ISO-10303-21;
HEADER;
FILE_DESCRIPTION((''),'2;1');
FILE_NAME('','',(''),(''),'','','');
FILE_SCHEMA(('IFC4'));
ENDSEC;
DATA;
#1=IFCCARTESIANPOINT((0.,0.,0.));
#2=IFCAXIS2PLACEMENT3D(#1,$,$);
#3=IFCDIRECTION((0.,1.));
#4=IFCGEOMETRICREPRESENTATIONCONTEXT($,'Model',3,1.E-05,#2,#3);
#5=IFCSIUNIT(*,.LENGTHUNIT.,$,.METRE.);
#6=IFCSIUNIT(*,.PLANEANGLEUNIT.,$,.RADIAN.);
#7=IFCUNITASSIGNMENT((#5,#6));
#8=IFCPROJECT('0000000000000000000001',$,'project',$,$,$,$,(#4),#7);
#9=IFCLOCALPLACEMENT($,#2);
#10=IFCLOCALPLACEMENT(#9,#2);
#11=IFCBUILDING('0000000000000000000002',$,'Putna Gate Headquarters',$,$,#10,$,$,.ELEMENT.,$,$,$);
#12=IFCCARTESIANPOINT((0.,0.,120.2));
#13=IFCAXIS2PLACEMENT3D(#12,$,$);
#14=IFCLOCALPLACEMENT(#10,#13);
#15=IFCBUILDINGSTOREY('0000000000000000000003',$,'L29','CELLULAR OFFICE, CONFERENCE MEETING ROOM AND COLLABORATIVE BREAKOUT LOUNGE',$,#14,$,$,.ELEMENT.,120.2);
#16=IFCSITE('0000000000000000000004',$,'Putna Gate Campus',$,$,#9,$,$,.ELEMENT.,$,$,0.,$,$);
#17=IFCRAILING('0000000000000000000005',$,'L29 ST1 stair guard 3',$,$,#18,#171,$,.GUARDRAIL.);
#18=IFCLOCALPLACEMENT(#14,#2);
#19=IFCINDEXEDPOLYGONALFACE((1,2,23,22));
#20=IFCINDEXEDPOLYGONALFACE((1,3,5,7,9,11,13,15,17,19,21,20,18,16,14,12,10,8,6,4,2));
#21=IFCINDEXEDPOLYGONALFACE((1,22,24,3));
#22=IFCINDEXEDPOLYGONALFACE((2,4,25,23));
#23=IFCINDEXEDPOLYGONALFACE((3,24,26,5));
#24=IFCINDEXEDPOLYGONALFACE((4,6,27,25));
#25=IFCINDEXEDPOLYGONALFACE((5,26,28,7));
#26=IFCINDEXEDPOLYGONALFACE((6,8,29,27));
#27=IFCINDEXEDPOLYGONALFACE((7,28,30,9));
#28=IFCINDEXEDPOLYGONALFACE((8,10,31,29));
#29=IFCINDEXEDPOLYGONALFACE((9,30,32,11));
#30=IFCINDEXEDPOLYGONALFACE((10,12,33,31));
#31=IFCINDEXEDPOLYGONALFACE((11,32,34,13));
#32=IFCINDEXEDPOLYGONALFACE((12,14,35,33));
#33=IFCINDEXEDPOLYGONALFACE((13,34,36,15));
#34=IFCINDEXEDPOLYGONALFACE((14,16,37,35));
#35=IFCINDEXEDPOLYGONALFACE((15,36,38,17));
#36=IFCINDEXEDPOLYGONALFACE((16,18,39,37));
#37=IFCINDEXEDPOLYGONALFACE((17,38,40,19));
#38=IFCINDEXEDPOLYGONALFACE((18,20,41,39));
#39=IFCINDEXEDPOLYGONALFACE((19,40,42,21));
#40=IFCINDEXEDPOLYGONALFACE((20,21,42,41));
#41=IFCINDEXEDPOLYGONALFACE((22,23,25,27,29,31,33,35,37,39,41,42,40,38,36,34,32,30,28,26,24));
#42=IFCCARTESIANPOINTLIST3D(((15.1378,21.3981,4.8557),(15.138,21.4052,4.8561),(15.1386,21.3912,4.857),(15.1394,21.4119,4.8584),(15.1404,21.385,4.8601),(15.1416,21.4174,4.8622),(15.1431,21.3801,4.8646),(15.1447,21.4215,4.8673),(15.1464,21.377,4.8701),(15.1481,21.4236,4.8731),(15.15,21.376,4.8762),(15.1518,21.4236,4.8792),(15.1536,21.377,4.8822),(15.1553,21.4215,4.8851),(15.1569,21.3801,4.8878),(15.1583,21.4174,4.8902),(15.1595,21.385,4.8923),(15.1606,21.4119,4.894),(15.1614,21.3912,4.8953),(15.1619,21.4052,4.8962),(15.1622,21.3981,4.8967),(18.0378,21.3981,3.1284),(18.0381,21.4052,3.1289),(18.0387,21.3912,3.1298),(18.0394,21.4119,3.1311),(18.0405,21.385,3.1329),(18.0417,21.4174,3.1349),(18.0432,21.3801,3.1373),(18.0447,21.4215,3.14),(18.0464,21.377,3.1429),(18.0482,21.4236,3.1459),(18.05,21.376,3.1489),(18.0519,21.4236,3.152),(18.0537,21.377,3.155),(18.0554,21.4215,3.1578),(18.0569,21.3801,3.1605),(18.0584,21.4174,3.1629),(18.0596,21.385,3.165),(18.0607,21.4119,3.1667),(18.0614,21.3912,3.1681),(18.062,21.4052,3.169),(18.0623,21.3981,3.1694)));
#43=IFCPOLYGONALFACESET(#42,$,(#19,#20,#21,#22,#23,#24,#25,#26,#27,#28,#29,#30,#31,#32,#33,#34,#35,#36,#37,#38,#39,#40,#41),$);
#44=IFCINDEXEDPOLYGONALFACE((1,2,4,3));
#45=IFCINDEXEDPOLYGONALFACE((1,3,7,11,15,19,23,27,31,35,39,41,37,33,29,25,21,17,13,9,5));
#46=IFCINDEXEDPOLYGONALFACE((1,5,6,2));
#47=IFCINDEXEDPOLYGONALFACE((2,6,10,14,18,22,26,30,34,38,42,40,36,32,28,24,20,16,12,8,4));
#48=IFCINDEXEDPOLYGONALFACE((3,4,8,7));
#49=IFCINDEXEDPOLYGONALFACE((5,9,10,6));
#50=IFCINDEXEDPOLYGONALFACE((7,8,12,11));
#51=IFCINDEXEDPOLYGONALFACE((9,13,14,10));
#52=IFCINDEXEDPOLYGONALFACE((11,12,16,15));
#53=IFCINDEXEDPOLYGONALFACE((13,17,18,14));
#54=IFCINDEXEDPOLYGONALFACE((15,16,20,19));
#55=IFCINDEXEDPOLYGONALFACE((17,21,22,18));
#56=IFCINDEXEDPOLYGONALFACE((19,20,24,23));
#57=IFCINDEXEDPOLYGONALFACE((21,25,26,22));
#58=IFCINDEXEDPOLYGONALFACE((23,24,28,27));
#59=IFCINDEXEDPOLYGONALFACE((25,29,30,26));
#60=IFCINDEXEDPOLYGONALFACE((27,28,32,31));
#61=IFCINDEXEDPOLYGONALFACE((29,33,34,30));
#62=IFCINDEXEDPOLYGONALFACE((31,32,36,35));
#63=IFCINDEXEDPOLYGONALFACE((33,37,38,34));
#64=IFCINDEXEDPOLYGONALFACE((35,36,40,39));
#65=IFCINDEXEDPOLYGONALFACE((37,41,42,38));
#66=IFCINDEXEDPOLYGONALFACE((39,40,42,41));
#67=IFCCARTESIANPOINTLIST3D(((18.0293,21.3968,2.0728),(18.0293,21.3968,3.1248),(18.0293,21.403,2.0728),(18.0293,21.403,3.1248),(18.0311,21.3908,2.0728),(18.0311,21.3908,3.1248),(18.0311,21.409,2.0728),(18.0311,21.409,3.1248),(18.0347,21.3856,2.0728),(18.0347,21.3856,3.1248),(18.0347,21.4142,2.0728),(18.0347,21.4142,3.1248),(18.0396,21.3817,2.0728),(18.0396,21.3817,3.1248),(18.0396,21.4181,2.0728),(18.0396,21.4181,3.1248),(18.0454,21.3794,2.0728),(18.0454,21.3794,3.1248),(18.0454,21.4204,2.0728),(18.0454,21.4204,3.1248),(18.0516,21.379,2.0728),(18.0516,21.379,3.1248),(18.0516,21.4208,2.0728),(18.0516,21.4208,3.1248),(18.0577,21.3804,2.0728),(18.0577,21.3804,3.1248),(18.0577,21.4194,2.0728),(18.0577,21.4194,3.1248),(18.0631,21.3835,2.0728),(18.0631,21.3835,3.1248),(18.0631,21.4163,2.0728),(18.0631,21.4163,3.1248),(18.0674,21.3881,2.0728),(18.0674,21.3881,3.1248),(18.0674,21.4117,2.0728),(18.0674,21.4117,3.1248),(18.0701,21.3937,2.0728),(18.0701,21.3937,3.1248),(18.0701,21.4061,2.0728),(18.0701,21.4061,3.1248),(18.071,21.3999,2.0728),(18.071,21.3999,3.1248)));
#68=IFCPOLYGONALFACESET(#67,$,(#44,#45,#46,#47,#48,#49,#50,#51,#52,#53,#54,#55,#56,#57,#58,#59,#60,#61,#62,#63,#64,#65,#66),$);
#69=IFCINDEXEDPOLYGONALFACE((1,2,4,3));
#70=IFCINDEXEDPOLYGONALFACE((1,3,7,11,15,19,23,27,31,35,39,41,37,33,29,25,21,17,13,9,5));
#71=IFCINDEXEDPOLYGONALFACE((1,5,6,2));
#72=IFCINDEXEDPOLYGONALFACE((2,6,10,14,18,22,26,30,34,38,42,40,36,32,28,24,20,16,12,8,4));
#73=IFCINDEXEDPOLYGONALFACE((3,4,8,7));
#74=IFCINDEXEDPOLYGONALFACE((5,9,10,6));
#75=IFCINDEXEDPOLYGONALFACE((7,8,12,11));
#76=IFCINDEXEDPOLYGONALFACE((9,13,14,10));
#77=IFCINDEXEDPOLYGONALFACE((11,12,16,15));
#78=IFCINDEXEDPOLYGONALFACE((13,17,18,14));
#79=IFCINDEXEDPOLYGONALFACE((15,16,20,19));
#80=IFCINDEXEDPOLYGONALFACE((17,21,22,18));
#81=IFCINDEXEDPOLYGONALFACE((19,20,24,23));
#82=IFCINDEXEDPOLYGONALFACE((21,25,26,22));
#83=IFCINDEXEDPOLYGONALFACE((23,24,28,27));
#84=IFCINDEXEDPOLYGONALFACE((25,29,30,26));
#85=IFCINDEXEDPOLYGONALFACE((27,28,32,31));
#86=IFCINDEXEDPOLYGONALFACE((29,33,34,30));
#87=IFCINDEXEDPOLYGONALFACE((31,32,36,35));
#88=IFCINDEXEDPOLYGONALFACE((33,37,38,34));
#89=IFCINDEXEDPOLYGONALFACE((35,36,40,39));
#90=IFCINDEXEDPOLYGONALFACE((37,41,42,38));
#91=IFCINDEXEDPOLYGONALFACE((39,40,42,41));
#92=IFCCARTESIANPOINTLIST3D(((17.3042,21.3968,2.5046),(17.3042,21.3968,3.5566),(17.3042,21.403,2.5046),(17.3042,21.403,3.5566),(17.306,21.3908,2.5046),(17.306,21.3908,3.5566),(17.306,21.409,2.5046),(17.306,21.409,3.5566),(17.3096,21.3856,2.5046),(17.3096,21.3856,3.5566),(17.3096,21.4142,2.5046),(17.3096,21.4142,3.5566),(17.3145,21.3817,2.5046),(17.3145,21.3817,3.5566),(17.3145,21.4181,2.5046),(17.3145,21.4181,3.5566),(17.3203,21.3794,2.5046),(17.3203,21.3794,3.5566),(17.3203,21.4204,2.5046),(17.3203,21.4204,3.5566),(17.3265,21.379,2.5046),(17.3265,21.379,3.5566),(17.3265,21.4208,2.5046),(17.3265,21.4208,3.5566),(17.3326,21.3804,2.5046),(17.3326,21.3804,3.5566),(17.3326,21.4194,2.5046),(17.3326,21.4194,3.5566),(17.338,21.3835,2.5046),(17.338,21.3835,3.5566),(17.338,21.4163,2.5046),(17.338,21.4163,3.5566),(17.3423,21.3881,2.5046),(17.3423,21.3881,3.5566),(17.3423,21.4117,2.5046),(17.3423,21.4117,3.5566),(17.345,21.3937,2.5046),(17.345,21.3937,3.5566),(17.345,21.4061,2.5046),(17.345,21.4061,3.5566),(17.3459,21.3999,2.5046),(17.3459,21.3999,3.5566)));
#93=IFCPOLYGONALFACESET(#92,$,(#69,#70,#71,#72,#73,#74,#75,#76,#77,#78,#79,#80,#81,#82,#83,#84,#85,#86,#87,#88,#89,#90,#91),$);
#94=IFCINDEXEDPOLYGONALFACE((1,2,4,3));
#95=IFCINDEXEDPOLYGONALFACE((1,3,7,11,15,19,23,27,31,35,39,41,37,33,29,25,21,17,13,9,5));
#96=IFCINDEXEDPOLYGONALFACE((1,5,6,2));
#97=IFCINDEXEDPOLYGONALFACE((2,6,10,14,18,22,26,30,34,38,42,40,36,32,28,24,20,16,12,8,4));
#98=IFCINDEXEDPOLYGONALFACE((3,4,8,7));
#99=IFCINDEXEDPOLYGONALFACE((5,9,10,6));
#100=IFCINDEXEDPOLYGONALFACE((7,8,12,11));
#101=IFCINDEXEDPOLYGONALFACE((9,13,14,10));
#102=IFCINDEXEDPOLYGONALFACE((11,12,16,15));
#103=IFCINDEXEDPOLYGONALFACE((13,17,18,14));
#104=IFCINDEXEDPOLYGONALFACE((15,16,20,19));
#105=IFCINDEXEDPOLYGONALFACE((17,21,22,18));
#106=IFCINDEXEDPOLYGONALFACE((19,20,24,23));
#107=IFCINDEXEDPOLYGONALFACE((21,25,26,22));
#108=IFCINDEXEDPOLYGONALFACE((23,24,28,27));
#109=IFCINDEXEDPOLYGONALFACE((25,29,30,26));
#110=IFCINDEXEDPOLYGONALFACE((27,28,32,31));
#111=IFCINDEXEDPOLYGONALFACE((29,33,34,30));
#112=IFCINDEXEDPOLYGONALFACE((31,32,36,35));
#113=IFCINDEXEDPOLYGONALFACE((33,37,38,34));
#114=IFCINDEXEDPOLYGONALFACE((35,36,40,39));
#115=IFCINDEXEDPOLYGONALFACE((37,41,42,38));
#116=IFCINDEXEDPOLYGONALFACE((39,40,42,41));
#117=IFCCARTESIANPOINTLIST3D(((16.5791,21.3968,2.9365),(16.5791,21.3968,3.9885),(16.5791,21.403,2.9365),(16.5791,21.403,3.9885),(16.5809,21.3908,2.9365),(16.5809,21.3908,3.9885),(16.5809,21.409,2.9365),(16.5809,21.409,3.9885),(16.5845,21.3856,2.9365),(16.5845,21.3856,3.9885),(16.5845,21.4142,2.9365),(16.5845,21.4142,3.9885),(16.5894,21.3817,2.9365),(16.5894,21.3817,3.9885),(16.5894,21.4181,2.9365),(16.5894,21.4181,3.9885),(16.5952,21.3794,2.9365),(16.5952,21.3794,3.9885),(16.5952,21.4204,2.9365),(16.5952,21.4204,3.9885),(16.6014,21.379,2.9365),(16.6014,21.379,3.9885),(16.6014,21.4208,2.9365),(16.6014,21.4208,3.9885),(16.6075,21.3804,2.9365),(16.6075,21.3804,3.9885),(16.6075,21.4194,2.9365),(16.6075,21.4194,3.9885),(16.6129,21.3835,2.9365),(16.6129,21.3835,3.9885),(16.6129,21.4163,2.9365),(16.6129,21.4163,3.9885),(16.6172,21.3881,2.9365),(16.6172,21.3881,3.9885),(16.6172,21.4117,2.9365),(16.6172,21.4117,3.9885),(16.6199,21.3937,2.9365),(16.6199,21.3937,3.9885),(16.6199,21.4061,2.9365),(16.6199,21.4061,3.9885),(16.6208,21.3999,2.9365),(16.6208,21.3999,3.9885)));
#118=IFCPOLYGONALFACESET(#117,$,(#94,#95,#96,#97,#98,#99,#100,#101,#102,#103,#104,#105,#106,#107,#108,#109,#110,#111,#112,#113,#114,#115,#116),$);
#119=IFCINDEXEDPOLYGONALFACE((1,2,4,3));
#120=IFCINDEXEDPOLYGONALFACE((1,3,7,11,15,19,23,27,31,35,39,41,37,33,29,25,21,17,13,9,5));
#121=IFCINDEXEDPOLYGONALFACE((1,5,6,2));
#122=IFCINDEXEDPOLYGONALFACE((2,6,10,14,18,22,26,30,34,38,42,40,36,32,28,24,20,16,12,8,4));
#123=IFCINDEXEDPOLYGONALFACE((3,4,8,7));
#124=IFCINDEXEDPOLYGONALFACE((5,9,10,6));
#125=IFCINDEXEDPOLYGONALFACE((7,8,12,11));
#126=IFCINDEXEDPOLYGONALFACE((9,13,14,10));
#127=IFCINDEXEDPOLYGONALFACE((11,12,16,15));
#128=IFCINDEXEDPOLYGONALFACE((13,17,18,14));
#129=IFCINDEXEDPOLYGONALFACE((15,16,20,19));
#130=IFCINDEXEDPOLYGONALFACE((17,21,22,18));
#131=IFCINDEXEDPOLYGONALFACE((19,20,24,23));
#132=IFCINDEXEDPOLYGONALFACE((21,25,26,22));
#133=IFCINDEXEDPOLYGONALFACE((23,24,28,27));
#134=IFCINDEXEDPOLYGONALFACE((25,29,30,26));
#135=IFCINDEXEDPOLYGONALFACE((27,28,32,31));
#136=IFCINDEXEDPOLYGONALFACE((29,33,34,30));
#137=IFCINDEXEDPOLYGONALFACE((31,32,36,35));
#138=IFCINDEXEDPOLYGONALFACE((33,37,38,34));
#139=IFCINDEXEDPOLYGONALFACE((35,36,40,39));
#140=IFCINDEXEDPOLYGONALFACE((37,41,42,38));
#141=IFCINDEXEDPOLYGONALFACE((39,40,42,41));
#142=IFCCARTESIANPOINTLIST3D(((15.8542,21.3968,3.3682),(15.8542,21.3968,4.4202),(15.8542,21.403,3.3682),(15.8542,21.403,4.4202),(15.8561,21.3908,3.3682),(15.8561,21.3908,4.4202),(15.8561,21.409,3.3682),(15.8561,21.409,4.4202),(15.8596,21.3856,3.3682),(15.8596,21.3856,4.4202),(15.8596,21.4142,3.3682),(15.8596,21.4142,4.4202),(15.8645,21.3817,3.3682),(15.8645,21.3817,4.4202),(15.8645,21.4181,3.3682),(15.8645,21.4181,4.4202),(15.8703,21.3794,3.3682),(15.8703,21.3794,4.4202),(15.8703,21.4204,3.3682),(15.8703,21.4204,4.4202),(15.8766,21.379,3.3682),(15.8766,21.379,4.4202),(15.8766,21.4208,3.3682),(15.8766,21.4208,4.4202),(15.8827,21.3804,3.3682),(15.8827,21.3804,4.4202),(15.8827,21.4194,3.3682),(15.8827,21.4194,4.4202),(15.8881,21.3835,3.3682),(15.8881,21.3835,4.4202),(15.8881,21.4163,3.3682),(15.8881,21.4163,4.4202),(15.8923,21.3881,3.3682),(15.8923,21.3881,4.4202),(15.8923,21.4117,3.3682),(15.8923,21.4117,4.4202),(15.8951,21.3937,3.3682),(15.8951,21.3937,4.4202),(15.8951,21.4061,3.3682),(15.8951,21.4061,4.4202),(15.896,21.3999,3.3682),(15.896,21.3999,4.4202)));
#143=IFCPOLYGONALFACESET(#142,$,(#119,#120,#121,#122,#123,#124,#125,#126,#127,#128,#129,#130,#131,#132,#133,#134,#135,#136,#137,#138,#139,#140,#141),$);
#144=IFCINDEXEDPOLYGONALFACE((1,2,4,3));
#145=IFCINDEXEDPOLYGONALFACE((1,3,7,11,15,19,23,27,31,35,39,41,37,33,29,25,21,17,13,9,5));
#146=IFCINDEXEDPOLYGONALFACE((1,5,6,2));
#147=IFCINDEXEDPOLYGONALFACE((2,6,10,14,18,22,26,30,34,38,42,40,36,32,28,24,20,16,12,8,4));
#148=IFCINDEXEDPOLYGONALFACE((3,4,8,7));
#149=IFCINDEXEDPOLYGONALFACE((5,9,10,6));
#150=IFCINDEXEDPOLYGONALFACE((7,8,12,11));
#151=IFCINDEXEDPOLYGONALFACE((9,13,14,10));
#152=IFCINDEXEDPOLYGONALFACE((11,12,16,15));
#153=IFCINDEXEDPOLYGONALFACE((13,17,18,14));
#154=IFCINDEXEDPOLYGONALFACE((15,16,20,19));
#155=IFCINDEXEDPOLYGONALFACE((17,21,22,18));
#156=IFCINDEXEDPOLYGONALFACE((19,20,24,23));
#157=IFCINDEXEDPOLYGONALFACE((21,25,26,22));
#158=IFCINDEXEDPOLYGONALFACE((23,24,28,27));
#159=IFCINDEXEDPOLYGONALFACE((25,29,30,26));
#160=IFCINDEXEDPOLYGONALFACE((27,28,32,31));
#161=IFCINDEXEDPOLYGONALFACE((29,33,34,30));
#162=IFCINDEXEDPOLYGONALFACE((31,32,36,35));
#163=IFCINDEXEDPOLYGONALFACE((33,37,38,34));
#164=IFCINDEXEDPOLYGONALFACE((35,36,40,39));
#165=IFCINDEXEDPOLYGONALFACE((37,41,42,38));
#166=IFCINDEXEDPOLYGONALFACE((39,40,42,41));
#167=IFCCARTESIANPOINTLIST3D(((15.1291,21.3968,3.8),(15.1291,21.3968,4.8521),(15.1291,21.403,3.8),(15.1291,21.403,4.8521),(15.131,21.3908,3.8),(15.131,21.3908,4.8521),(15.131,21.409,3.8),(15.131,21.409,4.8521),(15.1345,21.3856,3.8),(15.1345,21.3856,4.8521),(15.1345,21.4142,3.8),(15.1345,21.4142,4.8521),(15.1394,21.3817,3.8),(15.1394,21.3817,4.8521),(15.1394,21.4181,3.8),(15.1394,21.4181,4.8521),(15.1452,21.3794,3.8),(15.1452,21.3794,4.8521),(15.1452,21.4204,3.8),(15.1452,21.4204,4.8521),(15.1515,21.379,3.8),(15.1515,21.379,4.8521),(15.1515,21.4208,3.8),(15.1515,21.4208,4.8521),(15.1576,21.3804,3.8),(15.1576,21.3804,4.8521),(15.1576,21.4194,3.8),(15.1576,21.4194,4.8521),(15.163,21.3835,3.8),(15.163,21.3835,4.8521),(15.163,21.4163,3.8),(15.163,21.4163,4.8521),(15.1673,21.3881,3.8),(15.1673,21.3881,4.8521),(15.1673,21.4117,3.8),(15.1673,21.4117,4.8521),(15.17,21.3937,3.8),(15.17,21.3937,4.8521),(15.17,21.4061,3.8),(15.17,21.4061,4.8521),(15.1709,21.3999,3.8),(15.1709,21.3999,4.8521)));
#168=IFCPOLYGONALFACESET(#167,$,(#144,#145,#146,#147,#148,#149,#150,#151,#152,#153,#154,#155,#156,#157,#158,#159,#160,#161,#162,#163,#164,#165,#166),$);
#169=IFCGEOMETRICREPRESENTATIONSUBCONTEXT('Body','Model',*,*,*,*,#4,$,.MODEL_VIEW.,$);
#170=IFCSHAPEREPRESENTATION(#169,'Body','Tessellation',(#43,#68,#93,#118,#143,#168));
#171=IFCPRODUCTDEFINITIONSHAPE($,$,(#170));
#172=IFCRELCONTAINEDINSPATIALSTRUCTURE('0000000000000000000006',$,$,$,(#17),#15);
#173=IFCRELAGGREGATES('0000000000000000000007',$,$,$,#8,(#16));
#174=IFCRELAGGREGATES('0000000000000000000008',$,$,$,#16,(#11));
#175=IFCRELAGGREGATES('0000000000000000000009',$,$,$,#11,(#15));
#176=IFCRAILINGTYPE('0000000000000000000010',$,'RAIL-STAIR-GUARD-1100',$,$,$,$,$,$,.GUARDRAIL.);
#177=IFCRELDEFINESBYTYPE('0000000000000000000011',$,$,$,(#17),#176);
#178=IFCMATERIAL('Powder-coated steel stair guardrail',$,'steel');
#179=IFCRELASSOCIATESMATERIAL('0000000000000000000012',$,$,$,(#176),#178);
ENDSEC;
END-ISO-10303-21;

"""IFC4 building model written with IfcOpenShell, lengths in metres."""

from ifc_helpers import new_model, si_unit, direction, frame, origin, origin_2d, place, context, subcontext, project, spatial, circle, extrude, material, type_object, element, save


model = new_model("IFC4")

# Units and contexts
model_context = context("Model", 3, precision=1e-05, world=origin(), true_north=direction((0.0, 1.0)))
body_context = subcontext(model_context, "Body", "Model", "MODEL_VIEW")
ifc_project = project(units=[si_unit("LENGTHUNIT", "METRE"), si_unit("PLANEANGLEUNIT", "RADIAN")], contexts=[model_context])

# Site, building, storey
site_placement = place(None, origin())
site = spatial("IfcSite", under=ifc_project, at=site_placement, Name="Putna Gate Campus", CompositionType="ELEMENT", RefElevation=0.0)
building_placement = place(site_placement, origin())
building = spatial("IfcBuilding", under=site, at=building_placement, Name="Putna Gate Headquarters", CompositionType="ELEMENT")
storey_placement = place(building_placement, frame((0.0, 0.0, 120.2)))
storey = spatial("IfcBuildingStorey", under=building, at=storey_placement, Name="L29", Description="CELLULAR OFFICE, CONFERENCE MEETING ROOM AND COLLABORATIVE BREAKOUT LOUNGE", CompositionType="ELEMENT", Elevation=120.2)

# Railing
ifc_material_1 = material(Name="Powder-coated steel stair guardrail", Category="steel")
railing_type_1 = type_object("IfcRailingType", Name="RAIL-STAIR-GUARD-1100", PredefinedType="GUARDRAIL", material=ifc_material_1)
railing_1_placement = place(storey_placement, frame((18.05, 21.3999, 2.0728)))
element("IfcRailing", 1, at=railing_1_placement, inside=storey, type_object=railing_type_1, Name="L29 ST1 stair guard 3", PredefinedType="GUARDRAIL", context=body_context, shape_type="SweptSolid", body=[
    extrude(circle(Radius=0.0239, at=origin_2d()), frame((0.0, 0.0, 1.0762), z_axis=(-0.85916, 0.0, 0.511706), x_axis=(0.0, -1.0, 0.0)), (0.0, 0.0, 1.0), 3.3755),
    extrude(circle(Radius=0.021, at=origin_2d()), origin(), (0.0, 0.0, 1.0), 1.052),
    extrude(circle(Radius=0.021, at=origin_2d()), frame((-0.7251, 0.0, 0.4319)), (0.0, 0.0, 1.0), 1.052),
    extrude(circle(Radius=0.021, at=origin_2d()), frame((-1.4502, 0.0, 0.8638)), (0.0, 0.0, 1.0), 1.052),
    extrude(circle(Radius=0.021, at=origin_2d()), frame((-2.175, 0.0, 1.2954)), (0.0, 0.0, 1.0), 1.052),
    extrude(circle(Radius=0.021, at=origin_2d()), frame((-2.9001, 0.0, 1.7273)), (0.0, 0.0, 1.0), 1.052),
])

save(model, "model.ifc")
